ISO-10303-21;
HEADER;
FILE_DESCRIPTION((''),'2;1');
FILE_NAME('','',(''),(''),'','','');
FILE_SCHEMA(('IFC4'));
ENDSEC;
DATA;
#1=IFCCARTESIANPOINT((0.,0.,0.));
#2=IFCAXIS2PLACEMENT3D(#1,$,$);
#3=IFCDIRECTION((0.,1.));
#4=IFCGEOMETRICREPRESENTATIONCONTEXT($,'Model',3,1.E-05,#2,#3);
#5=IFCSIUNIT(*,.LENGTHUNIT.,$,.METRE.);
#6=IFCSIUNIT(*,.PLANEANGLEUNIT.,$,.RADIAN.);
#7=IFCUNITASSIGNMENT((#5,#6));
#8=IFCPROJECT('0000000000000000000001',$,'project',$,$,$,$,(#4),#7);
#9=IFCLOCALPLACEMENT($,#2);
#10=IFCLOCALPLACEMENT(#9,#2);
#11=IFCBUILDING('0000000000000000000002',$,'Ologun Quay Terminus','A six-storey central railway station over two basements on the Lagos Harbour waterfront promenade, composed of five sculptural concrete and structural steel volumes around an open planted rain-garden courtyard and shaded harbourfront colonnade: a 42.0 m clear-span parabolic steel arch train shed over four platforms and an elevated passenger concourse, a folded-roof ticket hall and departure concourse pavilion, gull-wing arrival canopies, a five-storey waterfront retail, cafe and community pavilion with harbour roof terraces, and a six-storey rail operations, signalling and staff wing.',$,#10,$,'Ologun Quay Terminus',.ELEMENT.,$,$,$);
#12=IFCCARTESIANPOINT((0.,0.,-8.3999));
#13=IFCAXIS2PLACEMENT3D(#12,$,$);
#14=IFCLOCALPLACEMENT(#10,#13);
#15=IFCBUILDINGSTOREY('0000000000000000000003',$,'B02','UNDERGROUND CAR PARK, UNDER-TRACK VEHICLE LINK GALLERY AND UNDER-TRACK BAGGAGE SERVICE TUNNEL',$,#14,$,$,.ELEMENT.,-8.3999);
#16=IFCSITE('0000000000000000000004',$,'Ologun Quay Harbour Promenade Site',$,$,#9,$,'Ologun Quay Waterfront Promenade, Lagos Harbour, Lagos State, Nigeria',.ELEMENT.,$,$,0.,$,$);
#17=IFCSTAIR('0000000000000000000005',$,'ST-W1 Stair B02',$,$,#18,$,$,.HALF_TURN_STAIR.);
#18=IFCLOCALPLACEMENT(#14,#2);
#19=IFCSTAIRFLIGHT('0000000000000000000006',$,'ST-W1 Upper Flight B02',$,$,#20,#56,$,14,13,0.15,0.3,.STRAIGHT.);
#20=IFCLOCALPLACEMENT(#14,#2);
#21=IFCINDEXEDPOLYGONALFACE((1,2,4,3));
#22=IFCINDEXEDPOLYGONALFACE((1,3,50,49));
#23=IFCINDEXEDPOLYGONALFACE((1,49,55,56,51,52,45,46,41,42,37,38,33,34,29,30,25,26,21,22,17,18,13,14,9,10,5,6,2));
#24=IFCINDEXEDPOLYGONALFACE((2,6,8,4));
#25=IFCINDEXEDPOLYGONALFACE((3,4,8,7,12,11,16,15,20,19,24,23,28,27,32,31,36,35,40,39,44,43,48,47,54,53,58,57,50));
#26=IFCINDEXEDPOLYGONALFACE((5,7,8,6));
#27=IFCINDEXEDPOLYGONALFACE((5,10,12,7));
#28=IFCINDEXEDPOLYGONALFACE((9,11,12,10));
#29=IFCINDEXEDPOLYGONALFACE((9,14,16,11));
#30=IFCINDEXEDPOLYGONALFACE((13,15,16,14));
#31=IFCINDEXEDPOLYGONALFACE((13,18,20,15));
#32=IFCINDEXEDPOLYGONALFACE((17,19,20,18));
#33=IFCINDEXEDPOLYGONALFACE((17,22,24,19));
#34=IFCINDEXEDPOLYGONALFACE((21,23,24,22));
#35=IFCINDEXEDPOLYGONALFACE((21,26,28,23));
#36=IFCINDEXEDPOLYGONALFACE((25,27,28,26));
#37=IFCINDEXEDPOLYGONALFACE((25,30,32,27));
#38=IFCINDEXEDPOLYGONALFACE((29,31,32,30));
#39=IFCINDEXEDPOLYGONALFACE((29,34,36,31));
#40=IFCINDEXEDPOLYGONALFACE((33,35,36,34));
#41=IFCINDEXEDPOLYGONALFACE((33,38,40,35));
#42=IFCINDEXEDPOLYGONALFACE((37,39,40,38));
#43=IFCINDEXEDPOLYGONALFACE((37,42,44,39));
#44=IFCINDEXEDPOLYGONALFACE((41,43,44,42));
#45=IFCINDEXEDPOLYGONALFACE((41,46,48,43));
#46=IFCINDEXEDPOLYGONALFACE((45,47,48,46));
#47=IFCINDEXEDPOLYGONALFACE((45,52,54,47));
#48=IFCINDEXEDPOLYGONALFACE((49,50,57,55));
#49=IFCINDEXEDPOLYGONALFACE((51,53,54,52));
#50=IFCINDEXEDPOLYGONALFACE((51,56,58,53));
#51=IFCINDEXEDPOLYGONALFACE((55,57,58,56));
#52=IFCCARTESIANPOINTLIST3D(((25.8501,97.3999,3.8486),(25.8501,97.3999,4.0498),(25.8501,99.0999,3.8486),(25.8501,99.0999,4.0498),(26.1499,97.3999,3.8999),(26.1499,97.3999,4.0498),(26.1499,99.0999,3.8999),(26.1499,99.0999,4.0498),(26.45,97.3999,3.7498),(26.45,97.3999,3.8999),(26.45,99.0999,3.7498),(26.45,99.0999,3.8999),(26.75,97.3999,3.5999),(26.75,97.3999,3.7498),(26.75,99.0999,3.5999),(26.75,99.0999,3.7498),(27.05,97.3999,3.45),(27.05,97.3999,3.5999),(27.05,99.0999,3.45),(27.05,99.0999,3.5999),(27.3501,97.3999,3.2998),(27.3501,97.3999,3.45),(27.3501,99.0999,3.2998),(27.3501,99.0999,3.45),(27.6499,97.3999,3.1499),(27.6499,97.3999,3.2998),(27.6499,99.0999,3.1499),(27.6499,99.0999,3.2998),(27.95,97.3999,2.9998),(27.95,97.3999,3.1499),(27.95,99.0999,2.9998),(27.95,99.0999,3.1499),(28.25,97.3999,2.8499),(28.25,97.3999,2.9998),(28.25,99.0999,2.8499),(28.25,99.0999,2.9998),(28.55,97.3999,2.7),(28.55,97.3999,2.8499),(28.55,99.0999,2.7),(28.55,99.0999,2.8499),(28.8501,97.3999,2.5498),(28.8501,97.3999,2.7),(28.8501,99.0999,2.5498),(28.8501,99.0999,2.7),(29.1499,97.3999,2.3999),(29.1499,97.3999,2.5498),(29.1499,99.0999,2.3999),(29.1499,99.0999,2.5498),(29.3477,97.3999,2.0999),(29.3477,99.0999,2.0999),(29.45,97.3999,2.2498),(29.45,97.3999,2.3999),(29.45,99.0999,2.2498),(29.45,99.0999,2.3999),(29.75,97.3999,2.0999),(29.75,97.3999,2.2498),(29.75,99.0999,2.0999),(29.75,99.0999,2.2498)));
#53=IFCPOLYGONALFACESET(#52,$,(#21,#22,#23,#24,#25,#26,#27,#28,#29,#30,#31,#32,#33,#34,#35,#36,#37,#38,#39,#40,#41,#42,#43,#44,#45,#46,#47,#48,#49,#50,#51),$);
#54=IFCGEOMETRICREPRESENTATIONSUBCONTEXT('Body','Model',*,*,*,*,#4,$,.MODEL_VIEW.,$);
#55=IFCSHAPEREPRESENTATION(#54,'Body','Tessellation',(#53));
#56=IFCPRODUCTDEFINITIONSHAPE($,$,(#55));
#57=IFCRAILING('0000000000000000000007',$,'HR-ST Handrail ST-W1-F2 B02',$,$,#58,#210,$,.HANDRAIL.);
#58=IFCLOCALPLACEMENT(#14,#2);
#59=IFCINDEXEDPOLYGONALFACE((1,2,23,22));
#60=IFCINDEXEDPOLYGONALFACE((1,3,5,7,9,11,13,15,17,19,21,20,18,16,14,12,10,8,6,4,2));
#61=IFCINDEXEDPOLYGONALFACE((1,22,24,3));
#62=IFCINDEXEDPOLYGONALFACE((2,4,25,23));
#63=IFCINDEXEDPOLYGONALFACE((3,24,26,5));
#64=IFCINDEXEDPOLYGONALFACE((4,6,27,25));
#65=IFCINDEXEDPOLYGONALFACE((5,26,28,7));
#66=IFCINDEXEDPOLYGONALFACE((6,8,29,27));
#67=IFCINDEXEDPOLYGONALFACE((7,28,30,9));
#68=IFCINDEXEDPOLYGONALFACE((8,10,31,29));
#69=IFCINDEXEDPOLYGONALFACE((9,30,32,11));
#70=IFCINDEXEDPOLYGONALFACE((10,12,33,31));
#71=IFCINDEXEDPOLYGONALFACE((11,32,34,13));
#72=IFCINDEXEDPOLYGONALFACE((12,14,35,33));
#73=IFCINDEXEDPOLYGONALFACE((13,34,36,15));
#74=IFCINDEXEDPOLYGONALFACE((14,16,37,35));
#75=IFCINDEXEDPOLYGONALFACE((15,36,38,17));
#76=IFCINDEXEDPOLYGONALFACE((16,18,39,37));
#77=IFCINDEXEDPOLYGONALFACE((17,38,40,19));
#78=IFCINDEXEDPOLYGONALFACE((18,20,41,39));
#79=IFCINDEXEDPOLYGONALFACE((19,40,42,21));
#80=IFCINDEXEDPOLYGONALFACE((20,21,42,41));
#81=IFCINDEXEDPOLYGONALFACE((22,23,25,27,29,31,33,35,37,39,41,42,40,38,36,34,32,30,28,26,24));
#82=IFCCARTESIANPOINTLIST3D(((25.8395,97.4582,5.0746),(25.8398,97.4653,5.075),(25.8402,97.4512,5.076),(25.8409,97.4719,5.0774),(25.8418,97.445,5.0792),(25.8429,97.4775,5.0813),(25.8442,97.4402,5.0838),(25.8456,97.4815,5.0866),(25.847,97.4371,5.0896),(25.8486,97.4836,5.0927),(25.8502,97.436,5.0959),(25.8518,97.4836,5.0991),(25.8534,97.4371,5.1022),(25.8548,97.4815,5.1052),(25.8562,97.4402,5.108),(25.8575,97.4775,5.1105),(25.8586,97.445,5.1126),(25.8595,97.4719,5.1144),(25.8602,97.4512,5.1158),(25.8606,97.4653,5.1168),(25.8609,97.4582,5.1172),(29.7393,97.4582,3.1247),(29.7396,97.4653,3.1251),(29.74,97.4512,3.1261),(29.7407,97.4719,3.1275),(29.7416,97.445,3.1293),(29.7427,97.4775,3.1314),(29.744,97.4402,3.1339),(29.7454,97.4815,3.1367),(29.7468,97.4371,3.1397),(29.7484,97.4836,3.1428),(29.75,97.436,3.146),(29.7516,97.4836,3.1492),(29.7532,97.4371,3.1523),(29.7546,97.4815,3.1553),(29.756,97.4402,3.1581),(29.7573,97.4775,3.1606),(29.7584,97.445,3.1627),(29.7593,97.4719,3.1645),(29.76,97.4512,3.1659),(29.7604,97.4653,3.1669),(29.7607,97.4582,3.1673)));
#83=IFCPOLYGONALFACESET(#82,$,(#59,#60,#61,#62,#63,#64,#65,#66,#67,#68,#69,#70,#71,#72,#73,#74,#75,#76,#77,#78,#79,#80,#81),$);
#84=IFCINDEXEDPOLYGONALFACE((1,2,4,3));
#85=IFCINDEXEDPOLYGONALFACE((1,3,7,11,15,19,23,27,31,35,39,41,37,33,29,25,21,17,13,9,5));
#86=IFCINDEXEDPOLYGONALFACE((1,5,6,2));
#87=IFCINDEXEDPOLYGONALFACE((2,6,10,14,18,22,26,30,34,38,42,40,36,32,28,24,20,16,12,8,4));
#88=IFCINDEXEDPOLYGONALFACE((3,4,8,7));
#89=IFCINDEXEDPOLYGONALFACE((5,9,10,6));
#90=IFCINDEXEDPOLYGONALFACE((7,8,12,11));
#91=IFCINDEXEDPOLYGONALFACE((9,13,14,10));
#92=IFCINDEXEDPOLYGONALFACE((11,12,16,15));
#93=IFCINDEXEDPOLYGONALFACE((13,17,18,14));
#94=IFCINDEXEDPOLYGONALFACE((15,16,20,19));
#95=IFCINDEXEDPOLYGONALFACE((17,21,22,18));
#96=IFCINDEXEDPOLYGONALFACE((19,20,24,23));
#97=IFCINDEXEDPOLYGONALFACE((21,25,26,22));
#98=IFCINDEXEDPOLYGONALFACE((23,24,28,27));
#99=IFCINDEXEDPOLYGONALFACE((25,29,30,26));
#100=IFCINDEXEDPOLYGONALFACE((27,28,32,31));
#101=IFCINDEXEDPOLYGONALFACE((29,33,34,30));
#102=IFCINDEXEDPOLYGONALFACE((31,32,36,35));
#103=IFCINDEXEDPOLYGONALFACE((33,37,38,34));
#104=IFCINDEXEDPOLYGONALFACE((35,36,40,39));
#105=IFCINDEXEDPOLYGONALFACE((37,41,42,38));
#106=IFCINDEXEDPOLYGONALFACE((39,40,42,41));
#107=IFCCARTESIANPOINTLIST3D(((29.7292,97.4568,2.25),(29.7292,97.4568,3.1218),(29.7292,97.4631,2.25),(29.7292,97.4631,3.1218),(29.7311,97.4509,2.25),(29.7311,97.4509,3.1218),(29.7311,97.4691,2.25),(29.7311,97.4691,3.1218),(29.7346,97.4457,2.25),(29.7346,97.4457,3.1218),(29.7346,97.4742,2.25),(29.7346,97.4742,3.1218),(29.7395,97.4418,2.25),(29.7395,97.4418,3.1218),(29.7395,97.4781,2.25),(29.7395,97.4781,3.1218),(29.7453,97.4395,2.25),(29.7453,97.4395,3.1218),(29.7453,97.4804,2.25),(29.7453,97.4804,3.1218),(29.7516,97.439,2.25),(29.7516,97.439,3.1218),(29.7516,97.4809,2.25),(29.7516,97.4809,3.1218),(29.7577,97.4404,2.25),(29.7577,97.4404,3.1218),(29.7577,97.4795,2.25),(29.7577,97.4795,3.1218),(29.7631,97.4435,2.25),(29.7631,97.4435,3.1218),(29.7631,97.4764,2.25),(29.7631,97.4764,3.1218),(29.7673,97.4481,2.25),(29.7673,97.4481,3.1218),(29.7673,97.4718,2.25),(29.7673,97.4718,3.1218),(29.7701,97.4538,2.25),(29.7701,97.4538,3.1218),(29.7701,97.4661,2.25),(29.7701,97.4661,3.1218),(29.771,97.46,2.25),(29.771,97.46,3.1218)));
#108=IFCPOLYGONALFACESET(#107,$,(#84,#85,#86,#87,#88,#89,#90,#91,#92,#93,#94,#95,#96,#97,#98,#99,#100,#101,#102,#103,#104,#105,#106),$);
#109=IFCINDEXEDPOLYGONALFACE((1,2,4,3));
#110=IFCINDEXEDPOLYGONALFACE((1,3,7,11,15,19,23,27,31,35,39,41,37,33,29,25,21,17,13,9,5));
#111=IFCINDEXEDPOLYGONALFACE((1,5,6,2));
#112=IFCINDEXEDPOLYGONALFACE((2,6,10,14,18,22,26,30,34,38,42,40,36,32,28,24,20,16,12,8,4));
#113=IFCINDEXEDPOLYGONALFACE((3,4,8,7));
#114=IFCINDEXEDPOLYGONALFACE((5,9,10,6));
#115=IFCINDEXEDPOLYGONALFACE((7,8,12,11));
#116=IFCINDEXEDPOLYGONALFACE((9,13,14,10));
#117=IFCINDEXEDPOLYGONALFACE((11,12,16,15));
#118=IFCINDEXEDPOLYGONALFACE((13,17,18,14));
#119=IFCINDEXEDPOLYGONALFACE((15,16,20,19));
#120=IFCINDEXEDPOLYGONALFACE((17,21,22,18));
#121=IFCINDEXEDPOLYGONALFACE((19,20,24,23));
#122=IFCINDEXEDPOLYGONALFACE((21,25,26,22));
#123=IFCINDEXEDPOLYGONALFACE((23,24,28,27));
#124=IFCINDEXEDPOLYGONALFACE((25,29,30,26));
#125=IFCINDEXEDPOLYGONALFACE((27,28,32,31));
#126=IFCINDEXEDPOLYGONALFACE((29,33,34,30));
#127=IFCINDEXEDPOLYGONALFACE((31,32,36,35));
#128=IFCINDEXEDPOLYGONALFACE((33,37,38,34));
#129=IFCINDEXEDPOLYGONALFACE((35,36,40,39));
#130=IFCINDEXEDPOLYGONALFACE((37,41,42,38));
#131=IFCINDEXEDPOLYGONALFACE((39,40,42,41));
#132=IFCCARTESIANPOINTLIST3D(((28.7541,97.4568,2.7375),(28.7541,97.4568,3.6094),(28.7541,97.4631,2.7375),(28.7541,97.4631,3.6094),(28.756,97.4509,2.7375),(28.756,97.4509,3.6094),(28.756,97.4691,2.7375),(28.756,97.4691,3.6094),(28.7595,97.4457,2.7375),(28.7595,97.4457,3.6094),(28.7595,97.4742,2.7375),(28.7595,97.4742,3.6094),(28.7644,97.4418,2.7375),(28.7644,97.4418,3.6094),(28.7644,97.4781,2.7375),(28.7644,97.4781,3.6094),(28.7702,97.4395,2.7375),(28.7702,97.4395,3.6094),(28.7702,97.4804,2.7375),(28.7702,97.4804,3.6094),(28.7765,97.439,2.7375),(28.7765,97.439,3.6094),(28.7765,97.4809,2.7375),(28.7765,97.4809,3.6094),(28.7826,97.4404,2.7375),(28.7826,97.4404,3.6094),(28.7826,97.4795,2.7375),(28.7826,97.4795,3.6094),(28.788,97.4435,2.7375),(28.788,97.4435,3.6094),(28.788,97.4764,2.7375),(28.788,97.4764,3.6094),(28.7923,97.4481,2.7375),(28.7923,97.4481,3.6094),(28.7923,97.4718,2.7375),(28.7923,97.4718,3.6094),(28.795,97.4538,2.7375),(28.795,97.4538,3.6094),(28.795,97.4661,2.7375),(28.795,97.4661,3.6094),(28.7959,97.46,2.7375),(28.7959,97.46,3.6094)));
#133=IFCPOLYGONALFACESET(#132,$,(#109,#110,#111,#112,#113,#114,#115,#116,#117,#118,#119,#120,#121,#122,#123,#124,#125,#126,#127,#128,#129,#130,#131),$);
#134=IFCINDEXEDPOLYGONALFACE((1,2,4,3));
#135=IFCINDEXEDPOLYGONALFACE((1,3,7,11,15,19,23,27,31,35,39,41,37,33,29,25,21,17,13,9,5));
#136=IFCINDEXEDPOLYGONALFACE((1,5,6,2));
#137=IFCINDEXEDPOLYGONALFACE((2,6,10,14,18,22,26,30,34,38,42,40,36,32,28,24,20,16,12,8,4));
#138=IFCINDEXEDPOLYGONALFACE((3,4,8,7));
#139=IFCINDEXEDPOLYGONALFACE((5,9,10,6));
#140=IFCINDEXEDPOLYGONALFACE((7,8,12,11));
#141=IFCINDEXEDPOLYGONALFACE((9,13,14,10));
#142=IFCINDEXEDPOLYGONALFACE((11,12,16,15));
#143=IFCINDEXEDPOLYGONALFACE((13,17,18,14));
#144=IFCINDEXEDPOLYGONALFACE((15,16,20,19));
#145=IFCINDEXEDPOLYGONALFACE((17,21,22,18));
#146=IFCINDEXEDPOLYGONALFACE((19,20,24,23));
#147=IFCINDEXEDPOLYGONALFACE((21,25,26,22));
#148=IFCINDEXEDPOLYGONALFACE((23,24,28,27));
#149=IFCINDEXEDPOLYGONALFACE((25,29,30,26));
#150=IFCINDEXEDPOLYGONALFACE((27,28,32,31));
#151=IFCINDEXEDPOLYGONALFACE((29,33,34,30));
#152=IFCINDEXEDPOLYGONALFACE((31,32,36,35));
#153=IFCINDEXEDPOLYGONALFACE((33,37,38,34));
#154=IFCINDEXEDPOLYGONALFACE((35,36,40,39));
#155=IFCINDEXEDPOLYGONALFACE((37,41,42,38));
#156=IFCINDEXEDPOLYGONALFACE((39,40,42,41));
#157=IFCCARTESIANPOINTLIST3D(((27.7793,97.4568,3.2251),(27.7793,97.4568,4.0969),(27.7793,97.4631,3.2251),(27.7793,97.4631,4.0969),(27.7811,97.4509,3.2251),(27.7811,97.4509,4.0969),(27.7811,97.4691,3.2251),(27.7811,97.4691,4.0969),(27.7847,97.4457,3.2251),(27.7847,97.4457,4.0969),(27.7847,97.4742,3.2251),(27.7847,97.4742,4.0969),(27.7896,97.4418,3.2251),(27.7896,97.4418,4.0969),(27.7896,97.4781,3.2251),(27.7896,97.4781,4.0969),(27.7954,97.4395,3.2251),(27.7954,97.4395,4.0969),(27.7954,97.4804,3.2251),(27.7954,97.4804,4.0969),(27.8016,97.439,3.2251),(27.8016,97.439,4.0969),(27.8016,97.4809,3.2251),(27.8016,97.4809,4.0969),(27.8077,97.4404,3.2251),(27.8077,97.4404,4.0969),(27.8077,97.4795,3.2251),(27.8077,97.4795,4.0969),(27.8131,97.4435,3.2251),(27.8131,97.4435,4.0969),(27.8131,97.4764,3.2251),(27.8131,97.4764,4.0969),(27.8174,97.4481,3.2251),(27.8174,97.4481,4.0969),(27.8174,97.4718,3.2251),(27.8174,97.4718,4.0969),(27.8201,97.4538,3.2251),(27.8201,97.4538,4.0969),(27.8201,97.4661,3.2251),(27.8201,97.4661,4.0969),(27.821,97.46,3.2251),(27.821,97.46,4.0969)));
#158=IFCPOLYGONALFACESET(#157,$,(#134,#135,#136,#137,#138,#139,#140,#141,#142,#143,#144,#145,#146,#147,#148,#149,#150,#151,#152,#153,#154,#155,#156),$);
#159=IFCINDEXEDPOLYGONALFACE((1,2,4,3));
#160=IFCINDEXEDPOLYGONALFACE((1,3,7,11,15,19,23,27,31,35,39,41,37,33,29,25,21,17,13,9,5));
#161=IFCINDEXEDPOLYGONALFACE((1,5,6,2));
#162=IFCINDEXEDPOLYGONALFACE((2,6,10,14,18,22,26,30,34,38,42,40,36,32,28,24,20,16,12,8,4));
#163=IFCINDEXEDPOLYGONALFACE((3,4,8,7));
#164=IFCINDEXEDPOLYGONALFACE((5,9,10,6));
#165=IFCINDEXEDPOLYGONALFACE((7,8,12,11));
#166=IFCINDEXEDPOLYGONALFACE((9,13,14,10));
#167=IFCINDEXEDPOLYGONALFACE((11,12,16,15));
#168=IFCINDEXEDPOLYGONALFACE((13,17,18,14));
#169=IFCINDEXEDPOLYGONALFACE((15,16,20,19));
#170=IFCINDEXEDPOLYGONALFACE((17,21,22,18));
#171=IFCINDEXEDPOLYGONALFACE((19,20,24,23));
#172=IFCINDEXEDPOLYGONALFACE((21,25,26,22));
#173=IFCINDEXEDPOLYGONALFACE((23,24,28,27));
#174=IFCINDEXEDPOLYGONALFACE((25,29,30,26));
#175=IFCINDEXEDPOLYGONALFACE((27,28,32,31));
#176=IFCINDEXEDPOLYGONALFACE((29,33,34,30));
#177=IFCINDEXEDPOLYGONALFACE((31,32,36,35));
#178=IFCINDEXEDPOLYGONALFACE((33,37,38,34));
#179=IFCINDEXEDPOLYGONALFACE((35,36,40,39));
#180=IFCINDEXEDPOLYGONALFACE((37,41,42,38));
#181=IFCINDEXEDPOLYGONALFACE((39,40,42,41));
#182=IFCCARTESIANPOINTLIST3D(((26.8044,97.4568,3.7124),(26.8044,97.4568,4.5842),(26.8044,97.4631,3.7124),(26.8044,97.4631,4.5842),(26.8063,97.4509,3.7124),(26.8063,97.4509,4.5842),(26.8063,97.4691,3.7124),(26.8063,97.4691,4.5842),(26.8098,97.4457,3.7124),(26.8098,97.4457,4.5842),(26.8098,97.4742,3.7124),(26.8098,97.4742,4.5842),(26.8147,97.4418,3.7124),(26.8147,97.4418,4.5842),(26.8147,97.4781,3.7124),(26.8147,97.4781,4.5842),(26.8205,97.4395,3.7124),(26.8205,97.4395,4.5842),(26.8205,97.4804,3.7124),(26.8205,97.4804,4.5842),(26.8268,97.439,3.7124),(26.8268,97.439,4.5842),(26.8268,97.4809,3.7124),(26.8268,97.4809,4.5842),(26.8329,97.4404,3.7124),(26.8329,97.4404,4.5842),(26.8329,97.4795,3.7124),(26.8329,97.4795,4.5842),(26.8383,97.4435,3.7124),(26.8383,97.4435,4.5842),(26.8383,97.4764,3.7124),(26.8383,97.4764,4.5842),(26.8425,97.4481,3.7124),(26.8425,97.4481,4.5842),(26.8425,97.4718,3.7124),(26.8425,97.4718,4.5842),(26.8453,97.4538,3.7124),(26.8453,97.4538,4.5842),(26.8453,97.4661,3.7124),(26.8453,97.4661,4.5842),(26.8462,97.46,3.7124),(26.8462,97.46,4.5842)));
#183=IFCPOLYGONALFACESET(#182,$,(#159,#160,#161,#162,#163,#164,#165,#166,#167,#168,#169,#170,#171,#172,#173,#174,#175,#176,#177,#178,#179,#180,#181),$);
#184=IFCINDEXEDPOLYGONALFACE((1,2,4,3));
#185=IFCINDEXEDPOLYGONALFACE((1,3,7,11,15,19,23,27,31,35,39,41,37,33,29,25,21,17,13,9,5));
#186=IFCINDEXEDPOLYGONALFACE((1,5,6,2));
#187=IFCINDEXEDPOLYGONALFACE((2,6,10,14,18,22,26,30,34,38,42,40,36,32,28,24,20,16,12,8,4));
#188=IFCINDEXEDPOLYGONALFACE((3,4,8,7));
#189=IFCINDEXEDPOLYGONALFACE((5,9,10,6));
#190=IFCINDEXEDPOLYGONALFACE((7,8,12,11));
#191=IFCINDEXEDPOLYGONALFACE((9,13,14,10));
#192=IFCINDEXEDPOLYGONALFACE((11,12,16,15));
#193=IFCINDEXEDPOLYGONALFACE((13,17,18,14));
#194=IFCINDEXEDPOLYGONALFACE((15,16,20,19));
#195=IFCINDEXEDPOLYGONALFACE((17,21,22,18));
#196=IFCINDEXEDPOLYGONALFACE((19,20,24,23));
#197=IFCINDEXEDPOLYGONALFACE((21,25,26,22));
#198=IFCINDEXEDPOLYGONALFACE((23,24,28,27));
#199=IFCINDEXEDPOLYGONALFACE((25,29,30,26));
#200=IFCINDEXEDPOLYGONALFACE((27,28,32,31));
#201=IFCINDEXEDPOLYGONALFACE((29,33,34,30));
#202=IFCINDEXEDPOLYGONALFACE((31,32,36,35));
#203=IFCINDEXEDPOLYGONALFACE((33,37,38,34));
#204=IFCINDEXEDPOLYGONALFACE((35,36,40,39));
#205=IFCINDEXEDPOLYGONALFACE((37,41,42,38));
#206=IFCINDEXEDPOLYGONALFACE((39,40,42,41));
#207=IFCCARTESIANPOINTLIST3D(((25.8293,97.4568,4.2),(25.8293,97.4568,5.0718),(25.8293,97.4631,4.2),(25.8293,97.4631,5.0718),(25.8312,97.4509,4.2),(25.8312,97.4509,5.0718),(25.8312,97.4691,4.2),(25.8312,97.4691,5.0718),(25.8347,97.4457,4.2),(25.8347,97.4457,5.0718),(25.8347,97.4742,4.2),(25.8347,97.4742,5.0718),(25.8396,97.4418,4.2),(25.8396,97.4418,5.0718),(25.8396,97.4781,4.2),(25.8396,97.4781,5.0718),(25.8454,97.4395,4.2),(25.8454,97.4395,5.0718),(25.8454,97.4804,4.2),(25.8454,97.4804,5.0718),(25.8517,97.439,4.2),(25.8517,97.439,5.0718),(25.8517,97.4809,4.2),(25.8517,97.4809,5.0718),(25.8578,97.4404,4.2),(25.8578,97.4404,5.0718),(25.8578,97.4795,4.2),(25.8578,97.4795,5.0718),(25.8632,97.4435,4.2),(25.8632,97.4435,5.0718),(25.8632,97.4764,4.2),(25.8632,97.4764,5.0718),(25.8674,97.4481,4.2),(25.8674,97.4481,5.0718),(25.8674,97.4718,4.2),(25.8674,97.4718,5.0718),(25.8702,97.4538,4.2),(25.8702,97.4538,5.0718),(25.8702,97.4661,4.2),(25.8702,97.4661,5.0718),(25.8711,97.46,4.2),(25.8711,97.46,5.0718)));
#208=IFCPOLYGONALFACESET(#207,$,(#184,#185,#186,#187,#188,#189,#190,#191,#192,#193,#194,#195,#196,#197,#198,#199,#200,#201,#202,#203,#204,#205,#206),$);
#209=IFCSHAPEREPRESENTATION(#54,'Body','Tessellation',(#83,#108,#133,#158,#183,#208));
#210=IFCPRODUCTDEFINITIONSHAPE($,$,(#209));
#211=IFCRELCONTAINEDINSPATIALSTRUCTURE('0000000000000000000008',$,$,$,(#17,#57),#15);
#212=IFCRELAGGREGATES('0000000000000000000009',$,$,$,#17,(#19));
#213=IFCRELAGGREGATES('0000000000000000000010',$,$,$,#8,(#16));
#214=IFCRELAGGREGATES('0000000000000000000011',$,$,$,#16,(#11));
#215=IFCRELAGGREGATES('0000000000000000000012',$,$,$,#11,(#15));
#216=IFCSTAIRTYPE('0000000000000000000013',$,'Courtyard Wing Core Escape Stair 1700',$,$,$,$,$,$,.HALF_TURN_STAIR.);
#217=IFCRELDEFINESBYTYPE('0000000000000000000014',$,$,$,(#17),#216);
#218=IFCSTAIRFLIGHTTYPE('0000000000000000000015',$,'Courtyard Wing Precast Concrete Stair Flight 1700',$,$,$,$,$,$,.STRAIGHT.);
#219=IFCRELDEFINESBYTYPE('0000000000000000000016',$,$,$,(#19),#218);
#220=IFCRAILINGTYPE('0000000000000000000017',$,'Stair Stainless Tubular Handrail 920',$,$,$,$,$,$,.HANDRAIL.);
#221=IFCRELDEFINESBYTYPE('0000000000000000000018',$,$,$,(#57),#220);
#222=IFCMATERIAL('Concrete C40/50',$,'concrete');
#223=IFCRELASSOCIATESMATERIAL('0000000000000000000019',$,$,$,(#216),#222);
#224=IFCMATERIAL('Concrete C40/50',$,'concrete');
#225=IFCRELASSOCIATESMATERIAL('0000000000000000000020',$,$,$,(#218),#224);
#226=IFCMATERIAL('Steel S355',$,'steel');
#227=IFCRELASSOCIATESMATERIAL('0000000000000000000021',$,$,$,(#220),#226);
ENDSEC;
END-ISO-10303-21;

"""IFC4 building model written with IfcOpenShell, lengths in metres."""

from ifc_helpers import new_model, si_unit, direction, frame, origin, origin_2d, place, context, subcontext, project, spatial, polyline, circle, outline, extrude, material, type_object, element, aggregate, save


model = new_model("IFC4")

# Units and contexts
model_context = context("Model", 3, precision=1e-05, world=origin(), true_north=direction((0.0, 1.0)))
body_context = subcontext(model_context, "Body", "Model", "MODEL_VIEW")
ifc_project = project(units=[si_unit("LENGTHUNIT", "METRE"), si_unit("PLANEANGLEUNIT", "RADIAN")], contexts=[model_context])

# Site, building, storey
site_placement = place(None, origin())
site = spatial("IfcSite", under=ifc_project, at=site_placement, Name="Ologun Quay Harbour Promenade Site", LongName="Ologun Quay Waterfront Promenade, Lagos Harbour, Lagos State, Nigeria", CompositionType="ELEMENT", RefElevation=0.0)
building_placement = place(site_placement, origin())
building = spatial("IfcBuilding", under=site, at=building_placement, Name="Ologun Quay Terminus", Description="A six-storey central railway station over two basements on the Lagos Harbour waterfront promenade, composed of five sculptural concrete and structural steel volumes around an open planted rain-garden courtyard and shaded harbourfront colonnade: a 42.0 m clear-span parabolic steel arch train shed over four platforms and an elevated passenger concourse, a folded-roof ticket hall and departure concourse pavilion, gull-wing arrival canopies, a five-storey waterfront retail, cafe and community pavilion with harbour roof terraces, and a six-storey rail operations, signalling and staff wing.", LongName="Ologun Quay Terminus", CompositionType="ELEMENT")
storey_placement = place(building_placement, frame((0.0, 0.0, -8.3999)))
storey = spatial("IfcBuildingStorey", under=building, at=storey_placement, Name="B02", Description="UNDERGROUND CAR PARK, UNDER-TRACK VEHICLE LINK GALLERY AND UNDER-TRACK BAGGAGE SERVICE TUNNEL", CompositionType="ELEMENT", Elevation=-8.3999)

# Stair, stair flight
ifc_material_1 = material(Name="Concrete C40/50", Category="concrete")
stair_type = type_object("IfcStairType", Name="Courtyard Wing Core Escape Stair 1700", PredefinedType="HALF_TURN_STAIR", material=ifc_material_1)
stair_placement = place(storey_placement, origin())
stair = element("IfcStair", 1, at=stair_placement, inside=storey, type_object=stair_type, Name="ST-W1 Stair B02", PredefinedType="HALF_TURN_STAIR")
ifc_material_2 = material(Name="Concrete C40/50", Category="concrete")
stair_flight_type = type_object("IfcStairFlightType", Name="Courtyard Wing Precast Concrete Stair Flight 1700", PredefinedType="STRAIGHT", material=ifc_material_2)
stair_flight_placement = place(storey_placement, frame((29.75, 98.25, 2.0999), z_axis=(0.0, 0.0, 1.0), x_axis=(-1.0, 0.0, 0.0)))
stair_flight = element("IfcStairFlight", 2, at=stair_flight_placement, type_object=stair_flight_type, Name="ST-W1 Upper Flight B02", NumberOfRisers=14, NumberOfTreads=13, PredefinedType="STRAIGHT", RiserHeight=0.15, TreadLength=0.3, context=body_context, shape_type="SweptSolid", body=[
    extrude(outline(polyline([(0.0, 0.0), (0.0, 0.1499), (0.3, 0.1499), (0.3, 0.3), (0.6001, 0.3), (0.6001, 0.45), (0.8999, 0.45), (0.8999, 0.6001), (1.2, 0.6001), (1.2, 0.75), (1.5, 0.75), (1.5, 0.8999), (1.8, 0.8999), (1.8, 1.05), (2.1001, 1.05), (2.1001, 1.2), (2.3999, 1.2), (2.3999, 1.3501), (2.7, 1.3501), (2.7, 1.5), (3.0, 1.5), (3.0, 1.6499), (3.3, 1.6499), (3.3, 1.8), (3.6001, 1.8), (3.6001, 1.95), (3.8999, 1.95), (3.8999, 2.1001), (3.8999, 1.7488), (0.4023, 0.0), (0.0, 0.0)])), frame((0.0, 0.8501, 0.0), z_axis=(0.0, -1.0, 0.0), x_axis=(1.0, 0.0, 0.0)), (0.0, 0.0, 1.0), 1.7),
])
aggregate(stair, [stair_flight])

# Railing
ifc_material_3 = material(Name="Steel S355", Category="steel")
railing_type = type_object("IfcRailingType", Name="Stair Stainless Tubular Handrail 920", PredefinedType="HANDRAIL", material=ifc_material_3)
railing_placement = place(storey_placement, frame((29.75, 97.46, 2.25)))
element("IfcRailing", 3, at=railing_placement, inside=storey, type_object=railing_type, Name="HR-ST Handrail ST-W1-F2 B02", PredefinedType="HANDRAIL", context=body_context, shape_type="SweptSolid", body=[
    extrude(circle(Radius=0.0239, at=origin_2d()), frame((0.0, 0.0, 0.896), z_axis=(-0.894427, 0.0, 0.447214), x_axis=(0.0, -1.0, 0.0)), (0.0, 0.0, 1.0), 4.3601),
    extrude(circle(Radius=0.021, at=origin_2d()), origin(), (0.0, 0.0, 1.0), 0.8718),
    extrude(circle(Radius=0.021, at=origin_2d()), frame((-0.9751, 0.0, 0.4875)), (0.0, 0.0, 1.0), 0.8718),
    extrude(circle(Radius=0.021, at=origin_2d()), frame((-1.95, 0.0, 0.9751)), (0.0, 0.0, 1.0), 0.8718),
    extrude(circle(Radius=0.021, at=origin_2d()), frame((-2.9248, 0.0, 1.4624)), (0.0, 0.0, 1.0), 0.8718),
    extrude(circle(Radius=0.021, at=origin_2d()), frame((-3.8999, 0.0, 1.95)), (0.0, 0.0, 1.0), 0.8718),
])

save(model, "model.ifc")
